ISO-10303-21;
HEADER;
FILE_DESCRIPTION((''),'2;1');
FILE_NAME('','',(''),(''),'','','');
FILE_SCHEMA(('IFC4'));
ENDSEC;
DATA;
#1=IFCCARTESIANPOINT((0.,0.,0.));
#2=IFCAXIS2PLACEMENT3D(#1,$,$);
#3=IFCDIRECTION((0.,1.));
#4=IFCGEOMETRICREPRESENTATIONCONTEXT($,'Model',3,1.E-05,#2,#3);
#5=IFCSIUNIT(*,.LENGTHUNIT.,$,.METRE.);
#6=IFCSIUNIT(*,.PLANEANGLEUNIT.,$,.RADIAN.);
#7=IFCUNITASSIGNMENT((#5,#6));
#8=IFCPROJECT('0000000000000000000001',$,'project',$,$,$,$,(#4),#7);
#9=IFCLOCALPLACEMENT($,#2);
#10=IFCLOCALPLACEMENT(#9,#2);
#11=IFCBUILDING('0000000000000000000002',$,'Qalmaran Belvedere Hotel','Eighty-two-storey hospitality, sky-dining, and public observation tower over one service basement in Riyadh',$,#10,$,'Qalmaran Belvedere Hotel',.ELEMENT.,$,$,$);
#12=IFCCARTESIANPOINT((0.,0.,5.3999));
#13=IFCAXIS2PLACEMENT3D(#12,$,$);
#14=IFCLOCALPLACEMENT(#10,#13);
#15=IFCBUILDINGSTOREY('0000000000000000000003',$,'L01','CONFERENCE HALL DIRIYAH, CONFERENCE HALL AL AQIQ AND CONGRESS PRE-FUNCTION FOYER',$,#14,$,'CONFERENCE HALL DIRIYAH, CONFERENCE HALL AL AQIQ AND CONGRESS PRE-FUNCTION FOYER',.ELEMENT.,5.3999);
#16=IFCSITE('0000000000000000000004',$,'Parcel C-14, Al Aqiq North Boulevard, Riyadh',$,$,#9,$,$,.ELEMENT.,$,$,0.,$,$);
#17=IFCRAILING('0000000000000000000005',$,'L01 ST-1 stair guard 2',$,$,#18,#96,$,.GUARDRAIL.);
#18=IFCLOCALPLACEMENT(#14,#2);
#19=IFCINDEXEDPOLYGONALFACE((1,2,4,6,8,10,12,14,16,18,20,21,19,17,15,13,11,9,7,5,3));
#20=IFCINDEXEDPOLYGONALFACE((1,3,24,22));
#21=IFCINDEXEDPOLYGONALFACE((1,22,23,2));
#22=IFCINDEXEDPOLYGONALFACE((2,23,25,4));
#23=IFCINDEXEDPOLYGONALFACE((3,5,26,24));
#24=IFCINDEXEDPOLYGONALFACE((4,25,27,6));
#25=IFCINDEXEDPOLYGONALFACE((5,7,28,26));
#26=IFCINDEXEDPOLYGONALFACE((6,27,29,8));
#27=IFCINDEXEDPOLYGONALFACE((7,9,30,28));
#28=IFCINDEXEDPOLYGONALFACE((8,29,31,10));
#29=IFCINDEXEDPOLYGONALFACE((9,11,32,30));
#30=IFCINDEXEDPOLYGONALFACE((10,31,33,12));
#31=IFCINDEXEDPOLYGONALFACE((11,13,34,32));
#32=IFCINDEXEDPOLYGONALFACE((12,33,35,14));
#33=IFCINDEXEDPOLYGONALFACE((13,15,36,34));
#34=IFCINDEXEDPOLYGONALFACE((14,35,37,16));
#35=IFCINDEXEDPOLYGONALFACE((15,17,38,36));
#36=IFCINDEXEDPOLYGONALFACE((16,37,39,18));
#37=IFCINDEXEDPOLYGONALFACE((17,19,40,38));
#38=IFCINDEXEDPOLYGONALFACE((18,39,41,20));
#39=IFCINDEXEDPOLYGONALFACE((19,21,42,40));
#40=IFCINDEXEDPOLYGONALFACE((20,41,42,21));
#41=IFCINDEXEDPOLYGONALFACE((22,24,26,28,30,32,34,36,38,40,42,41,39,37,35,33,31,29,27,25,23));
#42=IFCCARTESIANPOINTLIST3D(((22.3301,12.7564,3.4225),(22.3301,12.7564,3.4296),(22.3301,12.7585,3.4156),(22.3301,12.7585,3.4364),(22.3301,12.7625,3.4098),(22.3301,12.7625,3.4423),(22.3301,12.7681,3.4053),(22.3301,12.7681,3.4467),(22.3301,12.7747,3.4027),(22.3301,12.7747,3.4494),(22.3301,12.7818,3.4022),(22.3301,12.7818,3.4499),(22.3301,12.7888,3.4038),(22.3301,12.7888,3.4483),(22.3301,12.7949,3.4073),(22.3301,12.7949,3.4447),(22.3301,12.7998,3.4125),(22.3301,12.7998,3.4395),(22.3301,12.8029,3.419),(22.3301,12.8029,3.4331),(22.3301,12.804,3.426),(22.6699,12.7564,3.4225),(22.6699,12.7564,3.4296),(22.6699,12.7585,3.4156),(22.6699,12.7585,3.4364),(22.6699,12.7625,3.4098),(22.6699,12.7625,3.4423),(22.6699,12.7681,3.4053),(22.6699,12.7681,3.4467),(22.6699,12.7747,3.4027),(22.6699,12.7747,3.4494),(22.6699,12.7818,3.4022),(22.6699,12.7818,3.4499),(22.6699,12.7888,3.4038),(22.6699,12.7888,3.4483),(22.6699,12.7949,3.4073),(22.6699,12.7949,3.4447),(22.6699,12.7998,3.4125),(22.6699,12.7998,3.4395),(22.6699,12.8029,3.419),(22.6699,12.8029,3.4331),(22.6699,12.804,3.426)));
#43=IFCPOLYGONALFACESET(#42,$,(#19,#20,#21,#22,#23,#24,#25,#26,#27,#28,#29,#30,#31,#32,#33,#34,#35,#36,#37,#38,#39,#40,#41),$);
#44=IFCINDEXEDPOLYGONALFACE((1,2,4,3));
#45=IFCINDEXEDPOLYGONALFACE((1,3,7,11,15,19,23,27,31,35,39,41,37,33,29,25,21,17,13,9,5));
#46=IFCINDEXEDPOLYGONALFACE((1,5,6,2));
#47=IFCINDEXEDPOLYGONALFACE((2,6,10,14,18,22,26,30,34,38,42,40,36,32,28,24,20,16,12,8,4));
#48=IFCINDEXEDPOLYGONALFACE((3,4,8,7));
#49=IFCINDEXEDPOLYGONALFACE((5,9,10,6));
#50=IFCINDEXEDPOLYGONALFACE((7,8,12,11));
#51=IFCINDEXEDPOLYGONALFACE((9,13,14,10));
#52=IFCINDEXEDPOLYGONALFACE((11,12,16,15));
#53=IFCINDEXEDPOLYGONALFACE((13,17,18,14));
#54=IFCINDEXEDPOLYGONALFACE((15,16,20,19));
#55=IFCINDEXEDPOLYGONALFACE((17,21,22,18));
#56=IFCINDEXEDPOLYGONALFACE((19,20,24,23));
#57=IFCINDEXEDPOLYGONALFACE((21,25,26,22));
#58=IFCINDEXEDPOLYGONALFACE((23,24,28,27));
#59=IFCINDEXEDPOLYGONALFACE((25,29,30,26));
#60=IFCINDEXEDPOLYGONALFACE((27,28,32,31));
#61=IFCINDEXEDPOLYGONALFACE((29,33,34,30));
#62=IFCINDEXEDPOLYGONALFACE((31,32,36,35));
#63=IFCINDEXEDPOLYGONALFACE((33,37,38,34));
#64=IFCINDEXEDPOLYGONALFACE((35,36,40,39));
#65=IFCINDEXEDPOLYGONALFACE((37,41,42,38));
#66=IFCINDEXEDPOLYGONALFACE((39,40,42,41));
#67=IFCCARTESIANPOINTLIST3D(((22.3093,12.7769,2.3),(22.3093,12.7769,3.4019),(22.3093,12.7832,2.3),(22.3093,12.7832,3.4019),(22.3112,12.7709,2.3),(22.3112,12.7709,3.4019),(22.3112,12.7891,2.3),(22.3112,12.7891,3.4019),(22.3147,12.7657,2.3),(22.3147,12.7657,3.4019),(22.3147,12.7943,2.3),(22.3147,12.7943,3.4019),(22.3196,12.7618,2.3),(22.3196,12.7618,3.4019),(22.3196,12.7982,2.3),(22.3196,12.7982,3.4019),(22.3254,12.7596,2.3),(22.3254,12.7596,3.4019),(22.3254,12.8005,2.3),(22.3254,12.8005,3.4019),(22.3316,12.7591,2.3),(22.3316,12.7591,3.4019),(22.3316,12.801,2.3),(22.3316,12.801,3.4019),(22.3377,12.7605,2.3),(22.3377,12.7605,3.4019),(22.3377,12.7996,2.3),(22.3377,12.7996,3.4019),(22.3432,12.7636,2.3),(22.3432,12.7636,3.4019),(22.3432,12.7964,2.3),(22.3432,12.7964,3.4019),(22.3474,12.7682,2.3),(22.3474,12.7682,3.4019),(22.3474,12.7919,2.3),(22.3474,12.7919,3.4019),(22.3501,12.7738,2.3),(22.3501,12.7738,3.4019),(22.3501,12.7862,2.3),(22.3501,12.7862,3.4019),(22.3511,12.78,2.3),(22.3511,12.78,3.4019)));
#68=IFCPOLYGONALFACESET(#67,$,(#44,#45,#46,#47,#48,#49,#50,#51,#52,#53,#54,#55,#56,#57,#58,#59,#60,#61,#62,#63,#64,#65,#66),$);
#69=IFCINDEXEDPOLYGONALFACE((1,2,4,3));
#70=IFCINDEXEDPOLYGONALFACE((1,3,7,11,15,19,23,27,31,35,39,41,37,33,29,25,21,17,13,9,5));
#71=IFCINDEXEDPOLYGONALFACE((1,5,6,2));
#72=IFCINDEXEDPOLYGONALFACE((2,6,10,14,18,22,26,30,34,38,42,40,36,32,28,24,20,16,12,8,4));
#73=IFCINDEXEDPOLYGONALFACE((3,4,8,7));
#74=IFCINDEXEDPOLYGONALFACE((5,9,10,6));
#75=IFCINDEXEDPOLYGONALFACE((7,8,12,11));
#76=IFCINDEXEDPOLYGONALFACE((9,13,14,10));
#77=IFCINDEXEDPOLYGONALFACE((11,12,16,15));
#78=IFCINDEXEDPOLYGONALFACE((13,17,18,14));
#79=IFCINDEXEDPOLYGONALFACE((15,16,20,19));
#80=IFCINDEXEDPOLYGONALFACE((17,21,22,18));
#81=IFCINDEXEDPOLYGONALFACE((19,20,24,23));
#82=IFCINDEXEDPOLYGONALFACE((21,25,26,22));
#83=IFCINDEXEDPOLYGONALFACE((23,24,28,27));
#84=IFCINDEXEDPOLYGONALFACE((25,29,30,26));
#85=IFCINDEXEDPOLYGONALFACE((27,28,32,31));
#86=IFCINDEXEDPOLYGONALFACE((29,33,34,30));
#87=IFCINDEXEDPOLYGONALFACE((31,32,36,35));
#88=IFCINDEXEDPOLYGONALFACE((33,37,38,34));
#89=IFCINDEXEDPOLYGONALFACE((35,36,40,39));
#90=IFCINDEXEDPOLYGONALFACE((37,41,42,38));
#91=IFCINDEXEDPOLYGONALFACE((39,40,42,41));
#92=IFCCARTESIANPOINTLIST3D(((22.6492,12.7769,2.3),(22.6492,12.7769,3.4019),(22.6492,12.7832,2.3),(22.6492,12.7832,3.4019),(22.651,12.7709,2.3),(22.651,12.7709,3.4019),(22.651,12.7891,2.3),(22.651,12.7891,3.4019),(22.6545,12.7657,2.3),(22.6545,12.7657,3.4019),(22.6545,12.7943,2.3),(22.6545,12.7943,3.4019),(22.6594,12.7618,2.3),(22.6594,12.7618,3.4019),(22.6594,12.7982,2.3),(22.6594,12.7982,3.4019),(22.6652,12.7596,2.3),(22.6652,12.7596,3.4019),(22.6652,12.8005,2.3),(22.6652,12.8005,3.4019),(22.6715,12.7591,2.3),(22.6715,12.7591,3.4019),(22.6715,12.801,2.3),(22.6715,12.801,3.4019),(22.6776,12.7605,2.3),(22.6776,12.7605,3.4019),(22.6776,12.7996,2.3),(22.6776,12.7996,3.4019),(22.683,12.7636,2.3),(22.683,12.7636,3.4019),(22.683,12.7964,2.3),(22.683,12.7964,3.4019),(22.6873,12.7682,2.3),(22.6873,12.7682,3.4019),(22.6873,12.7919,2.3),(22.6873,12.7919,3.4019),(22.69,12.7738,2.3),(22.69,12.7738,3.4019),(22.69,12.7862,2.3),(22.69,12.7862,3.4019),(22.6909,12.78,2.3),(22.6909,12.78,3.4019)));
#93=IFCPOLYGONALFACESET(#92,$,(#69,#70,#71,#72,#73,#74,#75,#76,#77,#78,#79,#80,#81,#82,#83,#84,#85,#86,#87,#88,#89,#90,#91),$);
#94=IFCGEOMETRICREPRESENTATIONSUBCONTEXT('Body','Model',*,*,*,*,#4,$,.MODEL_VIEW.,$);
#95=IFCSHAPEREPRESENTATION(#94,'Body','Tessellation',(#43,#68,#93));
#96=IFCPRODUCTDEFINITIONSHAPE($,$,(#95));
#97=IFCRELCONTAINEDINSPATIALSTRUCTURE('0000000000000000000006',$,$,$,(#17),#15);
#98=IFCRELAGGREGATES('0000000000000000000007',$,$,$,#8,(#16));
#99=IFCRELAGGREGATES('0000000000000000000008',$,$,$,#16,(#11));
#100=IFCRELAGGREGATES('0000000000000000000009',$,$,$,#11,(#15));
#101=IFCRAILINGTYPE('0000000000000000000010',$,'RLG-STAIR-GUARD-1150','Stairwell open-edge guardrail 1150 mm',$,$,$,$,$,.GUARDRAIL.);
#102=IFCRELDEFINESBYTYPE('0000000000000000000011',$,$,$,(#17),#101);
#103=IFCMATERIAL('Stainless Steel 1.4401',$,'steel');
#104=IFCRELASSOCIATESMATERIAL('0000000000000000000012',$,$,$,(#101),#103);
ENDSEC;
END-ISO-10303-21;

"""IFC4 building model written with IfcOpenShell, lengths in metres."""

from ifc_helpers import new_model, si_unit, direction, frame, origin, origin_2d, place, context, subcontext, project, spatial, circle, extrude, material, type_object, element, save


model = new_model("IFC4")

# Units and contexts
model_context = context("Model", 3, precision=1e-05, world=origin(), true_north=direction((0.0, 1.0)))
body_context = subcontext(model_context, "Body", "Model", "MODEL_VIEW")
ifc_project = project(units=[si_unit("LENGTHUNIT", "METRE"), si_unit("PLANEANGLEUNIT", "RADIAN")], contexts=[model_context])

# Site, building, storey
site_placement = place(None, origin())
site = spatial("IfcSite", under=ifc_project, at=site_placement, Name="Parcel C-14, Al Aqiq North Boulevard, Riyadh", CompositionType="ELEMENT", RefElevation=0.0)
building_placement = place(site_placement, origin())
building = spatial("IfcBuilding", under=site, at=building_placement, Name="Qalmaran Belvedere Hotel", Description="Eighty-two-storey hospitality, sky-dining, and public observation tower over one service basement in Riyadh", LongName="Qalmaran Belvedere Hotel", CompositionType="ELEMENT")
storey_placement = place(building_placement, frame((0.0, 0.0, 5.3999)))
storey = spatial("IfcBuildingStorey", under=building, at=storey_placement, Name="L01", Description="CONFERENCE HALL DIRIYAH, CONFERENCE HALL AL AQIQ AND CONGRESS PRE-FUNCTION FOYER", LongName="CONFERENCE HALL DIRIYAH, CONFERENCE HALL AL AQIQ AND CONGRESS PRE-FUNCTION FOYER", CompositionType="ELEMENT", Elevation=5.3999)

# Shared definitions
ifc_material_1 = material(Name="Stainless Steel 1.4401", Category="steel")

# Railing
railing_type_1 = type_object("IfcRailingType", Name="RLG-STAIR-GUARD-1150", Description="Stairwell open-edge guardrail 1150 mm", PredefinedType="GUARDRAIL", material=ifc_material_1)
railing_1_placement = place(storey_placement, frame((22.3301, 12.78, 2.3)))
element("IfcRailing", 1, at=railing_1_placement, inside=storey, type_object=railing_type_1, Name="L01 ST-1 stair guard 2", PredefinedType="GUARDRAIL", context=body_context, shape_type="SweptSolid", body=[
    extrude(circle(Radius=0.0239, at=origin_2d()), frame((0.0, 0.0, 1.126), z_axis=(1.0, 0.0, 0.0), x_axis=(0.0, 1.0, 0.0)), (0.0, 0.0, 1.0), 0.3398),
    extrude(circle(Radius=0.021, at=origin_2d()), origin(), (0.0, 0.0, 1.0), 1.1018),
    extrude(circle(Radius=0.021, at=origin_2d()), frame((0.3398, 0.0, 0.0)), (0.0, 0.0, 1.0), 1.1018),
])

save(model, "model.ifc")
